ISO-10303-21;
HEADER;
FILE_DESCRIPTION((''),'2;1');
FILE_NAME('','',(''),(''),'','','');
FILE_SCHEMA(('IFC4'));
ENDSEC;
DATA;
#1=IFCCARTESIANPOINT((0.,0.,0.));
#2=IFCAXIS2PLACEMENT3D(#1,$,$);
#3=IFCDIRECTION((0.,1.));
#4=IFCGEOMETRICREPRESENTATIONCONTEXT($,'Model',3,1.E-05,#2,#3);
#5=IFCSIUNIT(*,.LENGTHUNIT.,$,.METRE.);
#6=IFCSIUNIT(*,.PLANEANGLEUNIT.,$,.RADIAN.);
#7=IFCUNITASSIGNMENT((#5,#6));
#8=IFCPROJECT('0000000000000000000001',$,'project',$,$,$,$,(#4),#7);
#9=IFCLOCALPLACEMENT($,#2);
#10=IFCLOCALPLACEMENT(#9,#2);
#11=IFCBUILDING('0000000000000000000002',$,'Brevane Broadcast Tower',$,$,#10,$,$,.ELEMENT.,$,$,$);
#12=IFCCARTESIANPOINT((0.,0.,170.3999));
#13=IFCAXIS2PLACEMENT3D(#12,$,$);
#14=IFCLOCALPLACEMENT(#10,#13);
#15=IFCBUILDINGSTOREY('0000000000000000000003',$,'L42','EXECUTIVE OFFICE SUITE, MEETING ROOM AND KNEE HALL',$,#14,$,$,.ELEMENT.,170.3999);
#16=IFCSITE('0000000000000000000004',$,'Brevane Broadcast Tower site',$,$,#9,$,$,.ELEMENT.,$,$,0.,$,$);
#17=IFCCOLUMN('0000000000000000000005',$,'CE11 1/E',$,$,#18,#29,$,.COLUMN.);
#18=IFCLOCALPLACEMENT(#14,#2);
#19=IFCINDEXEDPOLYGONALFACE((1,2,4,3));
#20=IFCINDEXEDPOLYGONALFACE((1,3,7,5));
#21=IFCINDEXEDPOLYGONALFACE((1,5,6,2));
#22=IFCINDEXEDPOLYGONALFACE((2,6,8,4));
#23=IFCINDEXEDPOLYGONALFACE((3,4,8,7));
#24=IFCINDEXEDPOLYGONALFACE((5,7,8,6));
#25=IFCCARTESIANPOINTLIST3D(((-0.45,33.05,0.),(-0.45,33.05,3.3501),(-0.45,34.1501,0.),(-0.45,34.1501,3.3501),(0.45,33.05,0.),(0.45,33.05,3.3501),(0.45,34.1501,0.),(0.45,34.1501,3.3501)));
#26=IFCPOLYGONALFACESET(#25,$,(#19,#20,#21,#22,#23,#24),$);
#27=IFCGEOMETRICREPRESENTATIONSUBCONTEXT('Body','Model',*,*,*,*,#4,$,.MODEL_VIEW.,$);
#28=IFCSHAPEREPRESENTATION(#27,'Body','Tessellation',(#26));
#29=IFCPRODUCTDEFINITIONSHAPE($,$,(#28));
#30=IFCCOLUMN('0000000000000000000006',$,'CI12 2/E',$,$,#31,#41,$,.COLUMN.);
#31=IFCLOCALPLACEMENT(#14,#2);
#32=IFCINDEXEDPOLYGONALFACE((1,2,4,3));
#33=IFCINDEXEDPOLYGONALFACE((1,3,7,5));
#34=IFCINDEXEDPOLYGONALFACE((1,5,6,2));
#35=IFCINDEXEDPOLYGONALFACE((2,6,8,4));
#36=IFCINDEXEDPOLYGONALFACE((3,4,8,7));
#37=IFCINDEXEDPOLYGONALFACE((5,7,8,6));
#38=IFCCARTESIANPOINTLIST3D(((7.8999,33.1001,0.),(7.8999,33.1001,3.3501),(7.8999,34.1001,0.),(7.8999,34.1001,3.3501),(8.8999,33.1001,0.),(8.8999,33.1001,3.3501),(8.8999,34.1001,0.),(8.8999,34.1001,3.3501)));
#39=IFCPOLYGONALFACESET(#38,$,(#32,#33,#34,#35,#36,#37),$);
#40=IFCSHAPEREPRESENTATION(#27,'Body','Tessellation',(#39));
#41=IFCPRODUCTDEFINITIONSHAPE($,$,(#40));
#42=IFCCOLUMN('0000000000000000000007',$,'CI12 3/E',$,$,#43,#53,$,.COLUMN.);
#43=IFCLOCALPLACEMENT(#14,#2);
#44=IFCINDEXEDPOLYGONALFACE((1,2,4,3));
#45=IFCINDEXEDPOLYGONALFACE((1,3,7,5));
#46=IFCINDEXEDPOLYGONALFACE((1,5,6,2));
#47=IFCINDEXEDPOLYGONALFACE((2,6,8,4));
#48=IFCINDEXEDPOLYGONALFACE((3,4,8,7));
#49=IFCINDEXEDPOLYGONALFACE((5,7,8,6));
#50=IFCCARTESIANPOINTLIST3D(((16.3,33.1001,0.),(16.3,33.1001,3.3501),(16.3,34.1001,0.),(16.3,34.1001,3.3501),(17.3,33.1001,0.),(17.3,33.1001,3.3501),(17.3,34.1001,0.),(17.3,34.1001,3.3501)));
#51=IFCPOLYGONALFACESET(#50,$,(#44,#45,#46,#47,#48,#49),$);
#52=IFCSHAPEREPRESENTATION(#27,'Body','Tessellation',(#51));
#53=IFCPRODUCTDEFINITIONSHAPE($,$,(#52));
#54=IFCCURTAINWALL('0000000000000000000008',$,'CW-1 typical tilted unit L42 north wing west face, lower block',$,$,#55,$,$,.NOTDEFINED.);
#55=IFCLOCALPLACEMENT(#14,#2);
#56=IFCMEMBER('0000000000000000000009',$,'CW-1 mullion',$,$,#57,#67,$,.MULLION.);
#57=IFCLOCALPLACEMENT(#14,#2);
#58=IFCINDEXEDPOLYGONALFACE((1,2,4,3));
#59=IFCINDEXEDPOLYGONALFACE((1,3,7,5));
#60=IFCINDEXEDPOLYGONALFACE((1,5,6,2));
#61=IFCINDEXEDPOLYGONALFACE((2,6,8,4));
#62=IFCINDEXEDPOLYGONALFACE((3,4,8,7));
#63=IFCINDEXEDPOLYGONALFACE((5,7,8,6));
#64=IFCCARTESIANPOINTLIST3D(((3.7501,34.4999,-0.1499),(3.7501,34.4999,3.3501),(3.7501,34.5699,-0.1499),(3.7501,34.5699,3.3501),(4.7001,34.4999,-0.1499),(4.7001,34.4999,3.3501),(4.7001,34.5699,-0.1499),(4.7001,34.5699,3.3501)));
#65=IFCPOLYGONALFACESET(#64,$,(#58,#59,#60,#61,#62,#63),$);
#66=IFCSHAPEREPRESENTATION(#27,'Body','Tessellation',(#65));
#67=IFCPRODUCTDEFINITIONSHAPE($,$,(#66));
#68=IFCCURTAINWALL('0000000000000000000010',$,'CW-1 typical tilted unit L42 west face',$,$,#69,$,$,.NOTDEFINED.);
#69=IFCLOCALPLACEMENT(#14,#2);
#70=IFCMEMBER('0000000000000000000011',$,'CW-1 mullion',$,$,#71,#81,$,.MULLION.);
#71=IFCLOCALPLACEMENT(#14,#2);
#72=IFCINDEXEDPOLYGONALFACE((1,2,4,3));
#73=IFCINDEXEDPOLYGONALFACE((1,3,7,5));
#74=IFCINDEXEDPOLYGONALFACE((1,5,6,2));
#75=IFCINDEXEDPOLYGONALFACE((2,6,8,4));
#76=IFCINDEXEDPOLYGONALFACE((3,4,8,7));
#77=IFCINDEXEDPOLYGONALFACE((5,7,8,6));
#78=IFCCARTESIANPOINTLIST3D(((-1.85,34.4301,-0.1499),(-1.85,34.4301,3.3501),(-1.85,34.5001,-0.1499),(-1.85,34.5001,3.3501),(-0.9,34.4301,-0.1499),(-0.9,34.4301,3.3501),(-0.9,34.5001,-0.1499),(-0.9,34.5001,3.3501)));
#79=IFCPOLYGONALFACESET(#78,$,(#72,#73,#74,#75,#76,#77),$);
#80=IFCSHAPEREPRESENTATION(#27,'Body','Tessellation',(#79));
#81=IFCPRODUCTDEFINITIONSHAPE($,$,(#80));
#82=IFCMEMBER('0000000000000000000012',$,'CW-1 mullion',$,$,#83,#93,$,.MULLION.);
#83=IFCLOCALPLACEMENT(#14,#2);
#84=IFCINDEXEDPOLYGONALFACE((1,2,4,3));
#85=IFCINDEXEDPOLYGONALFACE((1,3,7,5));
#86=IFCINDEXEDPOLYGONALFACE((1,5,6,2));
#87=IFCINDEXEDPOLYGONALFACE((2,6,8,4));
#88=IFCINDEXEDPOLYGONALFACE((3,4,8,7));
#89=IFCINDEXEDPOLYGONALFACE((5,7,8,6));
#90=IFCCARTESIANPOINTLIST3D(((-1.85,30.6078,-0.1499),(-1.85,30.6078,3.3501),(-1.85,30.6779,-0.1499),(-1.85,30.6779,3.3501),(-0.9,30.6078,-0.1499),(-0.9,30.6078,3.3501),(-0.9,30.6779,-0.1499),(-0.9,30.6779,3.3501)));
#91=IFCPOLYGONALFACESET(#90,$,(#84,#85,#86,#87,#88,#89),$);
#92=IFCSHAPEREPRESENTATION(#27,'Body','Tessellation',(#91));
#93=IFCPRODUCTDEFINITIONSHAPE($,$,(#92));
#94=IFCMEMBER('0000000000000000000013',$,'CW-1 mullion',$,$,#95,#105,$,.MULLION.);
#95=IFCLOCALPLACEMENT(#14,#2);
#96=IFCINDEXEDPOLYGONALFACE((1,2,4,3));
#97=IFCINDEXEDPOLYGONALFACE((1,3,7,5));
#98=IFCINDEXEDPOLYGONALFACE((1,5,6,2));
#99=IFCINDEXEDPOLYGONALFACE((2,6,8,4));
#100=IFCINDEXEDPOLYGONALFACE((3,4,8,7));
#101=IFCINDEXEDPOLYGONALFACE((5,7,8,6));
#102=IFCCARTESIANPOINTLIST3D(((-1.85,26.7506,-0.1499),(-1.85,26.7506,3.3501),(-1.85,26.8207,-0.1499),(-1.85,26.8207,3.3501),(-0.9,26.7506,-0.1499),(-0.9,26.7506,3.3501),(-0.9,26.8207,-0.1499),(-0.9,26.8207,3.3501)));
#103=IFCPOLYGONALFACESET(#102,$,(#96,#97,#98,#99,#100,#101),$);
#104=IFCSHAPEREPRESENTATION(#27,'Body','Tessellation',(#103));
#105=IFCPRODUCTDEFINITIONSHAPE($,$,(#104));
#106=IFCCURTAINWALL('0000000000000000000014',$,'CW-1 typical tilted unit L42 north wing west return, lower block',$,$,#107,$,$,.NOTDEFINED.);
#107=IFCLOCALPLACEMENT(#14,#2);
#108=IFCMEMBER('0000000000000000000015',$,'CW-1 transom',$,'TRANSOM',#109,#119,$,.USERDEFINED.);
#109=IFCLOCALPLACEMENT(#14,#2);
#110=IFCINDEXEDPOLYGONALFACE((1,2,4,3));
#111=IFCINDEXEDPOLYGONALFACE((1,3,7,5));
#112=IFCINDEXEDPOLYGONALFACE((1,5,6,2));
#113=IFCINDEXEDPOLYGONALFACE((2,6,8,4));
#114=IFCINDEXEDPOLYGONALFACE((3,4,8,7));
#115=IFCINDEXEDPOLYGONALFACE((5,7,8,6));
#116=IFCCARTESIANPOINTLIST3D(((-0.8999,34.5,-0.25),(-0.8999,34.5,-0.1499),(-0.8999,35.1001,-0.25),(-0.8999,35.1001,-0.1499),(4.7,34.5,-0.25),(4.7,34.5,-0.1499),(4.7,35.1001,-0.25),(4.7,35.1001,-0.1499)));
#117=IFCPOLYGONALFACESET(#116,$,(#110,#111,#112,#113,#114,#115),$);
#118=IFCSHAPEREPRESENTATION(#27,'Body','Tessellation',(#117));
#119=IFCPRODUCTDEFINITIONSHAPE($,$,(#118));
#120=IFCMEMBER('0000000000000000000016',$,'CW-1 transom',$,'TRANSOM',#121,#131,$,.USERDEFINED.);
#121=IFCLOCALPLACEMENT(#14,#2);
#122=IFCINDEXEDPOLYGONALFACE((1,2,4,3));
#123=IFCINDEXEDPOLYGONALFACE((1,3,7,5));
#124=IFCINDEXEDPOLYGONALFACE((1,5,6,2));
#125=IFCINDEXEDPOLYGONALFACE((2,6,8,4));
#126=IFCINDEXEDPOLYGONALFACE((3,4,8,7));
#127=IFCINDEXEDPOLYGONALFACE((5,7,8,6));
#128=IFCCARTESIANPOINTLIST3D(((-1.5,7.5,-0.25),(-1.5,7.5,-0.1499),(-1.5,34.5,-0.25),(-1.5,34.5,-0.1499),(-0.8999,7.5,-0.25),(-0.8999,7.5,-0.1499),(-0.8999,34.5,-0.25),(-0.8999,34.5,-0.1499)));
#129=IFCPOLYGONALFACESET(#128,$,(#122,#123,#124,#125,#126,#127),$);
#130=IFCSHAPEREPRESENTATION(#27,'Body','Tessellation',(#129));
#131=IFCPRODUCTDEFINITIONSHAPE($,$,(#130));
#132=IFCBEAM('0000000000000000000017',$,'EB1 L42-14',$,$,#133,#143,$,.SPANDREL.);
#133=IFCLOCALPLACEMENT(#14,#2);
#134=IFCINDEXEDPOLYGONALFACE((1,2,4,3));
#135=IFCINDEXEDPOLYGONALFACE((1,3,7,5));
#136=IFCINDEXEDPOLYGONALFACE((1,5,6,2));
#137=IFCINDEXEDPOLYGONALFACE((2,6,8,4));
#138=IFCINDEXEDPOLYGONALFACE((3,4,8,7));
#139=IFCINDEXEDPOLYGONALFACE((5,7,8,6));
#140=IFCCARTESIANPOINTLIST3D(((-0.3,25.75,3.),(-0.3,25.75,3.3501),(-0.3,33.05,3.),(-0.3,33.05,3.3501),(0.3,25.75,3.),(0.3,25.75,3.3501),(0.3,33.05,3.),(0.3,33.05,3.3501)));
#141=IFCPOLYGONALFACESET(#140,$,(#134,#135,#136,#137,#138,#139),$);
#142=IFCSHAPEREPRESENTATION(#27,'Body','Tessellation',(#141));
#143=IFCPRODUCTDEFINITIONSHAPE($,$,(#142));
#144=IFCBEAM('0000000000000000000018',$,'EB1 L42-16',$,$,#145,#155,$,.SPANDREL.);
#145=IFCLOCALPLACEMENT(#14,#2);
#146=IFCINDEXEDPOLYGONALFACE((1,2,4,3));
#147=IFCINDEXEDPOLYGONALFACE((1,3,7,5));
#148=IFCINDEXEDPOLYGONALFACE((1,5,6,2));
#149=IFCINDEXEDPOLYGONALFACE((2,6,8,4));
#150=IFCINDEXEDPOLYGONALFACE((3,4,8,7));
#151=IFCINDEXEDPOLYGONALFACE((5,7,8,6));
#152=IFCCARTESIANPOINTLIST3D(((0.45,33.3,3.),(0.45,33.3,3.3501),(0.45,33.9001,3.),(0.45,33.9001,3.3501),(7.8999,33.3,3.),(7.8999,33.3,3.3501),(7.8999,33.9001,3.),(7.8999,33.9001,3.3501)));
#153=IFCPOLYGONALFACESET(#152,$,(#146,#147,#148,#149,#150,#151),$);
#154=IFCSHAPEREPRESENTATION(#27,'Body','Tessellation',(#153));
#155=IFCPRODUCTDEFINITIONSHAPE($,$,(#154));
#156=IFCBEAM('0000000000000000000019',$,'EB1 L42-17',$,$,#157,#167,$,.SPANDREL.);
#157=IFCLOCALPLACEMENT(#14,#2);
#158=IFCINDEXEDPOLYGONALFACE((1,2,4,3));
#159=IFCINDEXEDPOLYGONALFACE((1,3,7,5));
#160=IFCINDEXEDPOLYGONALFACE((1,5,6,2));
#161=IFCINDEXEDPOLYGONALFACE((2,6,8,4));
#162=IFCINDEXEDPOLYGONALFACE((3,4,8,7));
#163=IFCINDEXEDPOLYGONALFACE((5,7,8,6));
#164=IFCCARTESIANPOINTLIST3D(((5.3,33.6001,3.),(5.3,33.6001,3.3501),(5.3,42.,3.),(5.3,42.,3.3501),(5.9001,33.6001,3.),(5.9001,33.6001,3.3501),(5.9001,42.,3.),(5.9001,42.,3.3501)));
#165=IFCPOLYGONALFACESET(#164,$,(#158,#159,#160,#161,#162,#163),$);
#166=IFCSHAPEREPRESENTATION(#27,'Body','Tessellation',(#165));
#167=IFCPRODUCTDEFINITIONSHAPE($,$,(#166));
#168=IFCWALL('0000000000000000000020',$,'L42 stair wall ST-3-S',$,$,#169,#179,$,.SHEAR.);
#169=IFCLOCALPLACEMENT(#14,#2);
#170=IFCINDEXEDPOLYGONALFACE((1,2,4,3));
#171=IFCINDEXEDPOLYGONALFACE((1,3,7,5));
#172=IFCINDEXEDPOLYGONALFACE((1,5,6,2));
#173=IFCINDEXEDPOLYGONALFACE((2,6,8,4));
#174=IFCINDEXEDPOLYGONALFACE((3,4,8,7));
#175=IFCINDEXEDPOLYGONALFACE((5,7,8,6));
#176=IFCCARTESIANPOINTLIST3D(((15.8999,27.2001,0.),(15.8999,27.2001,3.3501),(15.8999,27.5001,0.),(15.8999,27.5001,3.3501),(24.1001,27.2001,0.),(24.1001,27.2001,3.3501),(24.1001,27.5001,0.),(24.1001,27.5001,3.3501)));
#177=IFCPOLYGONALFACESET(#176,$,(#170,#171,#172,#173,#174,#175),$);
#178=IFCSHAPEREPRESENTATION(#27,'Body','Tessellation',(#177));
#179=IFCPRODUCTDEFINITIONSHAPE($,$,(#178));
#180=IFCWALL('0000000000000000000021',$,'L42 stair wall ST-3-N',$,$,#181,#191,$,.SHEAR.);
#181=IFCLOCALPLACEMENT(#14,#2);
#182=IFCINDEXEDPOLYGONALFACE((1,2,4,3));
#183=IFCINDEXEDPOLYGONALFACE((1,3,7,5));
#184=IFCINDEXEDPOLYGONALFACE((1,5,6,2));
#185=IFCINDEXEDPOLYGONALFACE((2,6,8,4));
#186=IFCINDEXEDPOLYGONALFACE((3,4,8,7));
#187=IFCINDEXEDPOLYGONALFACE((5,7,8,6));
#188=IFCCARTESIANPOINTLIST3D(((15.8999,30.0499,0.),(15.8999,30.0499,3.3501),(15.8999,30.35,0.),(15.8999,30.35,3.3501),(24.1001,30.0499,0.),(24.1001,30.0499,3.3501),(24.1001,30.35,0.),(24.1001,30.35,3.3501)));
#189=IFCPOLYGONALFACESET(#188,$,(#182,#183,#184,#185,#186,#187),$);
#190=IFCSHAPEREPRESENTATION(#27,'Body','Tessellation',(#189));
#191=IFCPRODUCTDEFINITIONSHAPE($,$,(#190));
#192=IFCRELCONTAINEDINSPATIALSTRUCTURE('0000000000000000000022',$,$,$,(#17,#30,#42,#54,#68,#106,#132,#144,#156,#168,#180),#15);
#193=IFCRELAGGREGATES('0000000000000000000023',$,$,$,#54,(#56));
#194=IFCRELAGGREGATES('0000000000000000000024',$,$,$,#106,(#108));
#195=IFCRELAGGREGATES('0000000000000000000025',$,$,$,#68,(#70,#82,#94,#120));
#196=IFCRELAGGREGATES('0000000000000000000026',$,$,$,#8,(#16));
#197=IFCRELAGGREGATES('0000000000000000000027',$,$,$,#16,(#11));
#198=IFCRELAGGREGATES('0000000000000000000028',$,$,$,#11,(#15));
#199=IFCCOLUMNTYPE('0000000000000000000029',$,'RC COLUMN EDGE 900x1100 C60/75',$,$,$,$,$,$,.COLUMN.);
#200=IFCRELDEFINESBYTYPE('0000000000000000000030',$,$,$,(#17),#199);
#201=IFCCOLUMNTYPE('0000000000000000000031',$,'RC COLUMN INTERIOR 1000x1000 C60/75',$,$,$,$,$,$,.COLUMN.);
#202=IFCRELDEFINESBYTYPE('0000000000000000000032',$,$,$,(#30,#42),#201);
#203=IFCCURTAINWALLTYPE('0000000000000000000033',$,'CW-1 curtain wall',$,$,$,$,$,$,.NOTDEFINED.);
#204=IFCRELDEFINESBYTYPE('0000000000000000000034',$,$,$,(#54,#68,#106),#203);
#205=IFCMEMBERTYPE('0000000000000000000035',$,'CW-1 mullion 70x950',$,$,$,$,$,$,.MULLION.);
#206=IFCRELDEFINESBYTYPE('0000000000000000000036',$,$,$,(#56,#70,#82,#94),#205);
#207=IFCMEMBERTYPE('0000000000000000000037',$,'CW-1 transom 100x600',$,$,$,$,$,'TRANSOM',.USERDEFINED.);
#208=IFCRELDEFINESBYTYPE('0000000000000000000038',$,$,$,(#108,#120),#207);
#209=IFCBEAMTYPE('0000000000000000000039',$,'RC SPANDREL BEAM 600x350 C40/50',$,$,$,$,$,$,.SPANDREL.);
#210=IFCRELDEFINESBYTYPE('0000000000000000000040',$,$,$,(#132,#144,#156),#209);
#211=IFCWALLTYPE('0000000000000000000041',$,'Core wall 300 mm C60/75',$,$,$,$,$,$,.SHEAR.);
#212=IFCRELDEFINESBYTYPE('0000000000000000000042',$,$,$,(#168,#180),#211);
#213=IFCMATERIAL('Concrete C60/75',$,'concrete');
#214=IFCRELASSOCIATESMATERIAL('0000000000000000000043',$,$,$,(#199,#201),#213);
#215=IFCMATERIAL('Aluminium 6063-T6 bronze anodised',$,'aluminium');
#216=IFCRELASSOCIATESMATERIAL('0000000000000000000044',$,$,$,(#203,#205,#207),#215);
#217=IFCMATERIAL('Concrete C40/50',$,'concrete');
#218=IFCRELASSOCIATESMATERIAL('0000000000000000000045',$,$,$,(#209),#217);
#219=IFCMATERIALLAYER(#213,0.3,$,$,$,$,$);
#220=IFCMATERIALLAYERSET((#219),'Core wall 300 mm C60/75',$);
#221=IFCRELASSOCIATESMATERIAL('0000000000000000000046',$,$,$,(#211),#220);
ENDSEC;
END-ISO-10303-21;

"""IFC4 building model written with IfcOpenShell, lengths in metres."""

from ifc_helpers import new_model, si_unit, direction, frame, frame_2d, origin, origin_2d, place, context, subcontext, project, spatial, rectangle, extrude, material, layer, layer_set, material_profile, profile_set, type_object, element, aggregate, save


model = new_model("IFC4")

# Units and contexts
model_context = context("Model", 3, precision=1e-05, world=origin(), true_north=direction((0.0, 1.0)))
body_context = subcontext(model_context, "Body", "Model", "MODEL_VIEW")
ifc_project = project(units=[si_unit("LENGTHUNIT", "METRE"), si_unit("PLANEANGLEUNIT", "RADIAN")], contexts=[model_context])

# Site, building, storey
site_placement = place(None, origin())
site = spatial("IfcSite", under=ifc_project, at=site_placement, Name="Brevane Broadcast Tower site", CompositionType="ELEMENT", RefElevation=0.0)
building_placement = place(site_placement, origin())
building = spatial("IfcBuilding", under=site, at=building_placement, Name="Brevane Broadcast Tower", CompositionType="ELEMENT")
storey_placement = place(building_placement, frame((0.0, 0.0, 170.3999)))
storey = spatial("IfcBuildingStorey", under=building, at=storey_placement, Name="L42", Description="EXECUTIVE OFFICE SUITE, MEETING ROOM AND KNEE HALL", CompositionType="ELEMENT", Elevation=170.3999)

# Columns
ifc_material_1 = material(Name="Concrete C60/75", Category="concrete")
ifc_material_profile_1 = material_profile(ifc_material_1, rectangle(XDim=0.8999, YDim=1.1001, at=origin_2d()), Name="RC 900x1100")
ifc_profile_set_1 = profile_set([ifc_material_profile_1], Name="Concrete C60/75")
column_type_1 = type_object("IfcColumnType", Name="RC COLUMN EDGE 900x1100 C60/75", PredefinedType="COLUMN", material=ifc_profile_set_1)
column_placement = place(storey_placement, frame((0.0, 33.6001, 0.0), z_axis=(0.0, 0.0, 1.0), x_axis=(1.0, 0.0, 0.0)))
element("IfcColumn", 1, at=column_placement, inside=storey, type_object=column_type_1, Name="CE11 1/E", PredefinedType="COLUMN", context=body_context, shape_type="SweptSolid", body=[
    extrude(rectangle(XDim=0.8999, YDim=1.1001, at=origin_2d()), origin(), (0.0, 0.0, 1.0), 3.3501),
])
ifc_material_profile_2 = material_profile(ifc_material_1, rectangle(XDim=1.0, YDim=1.0, at=origin_2d()), Name="RC 1000x1000")
ifc_profile_set_2 = profile_set([ifc_material_profile_2], Name="Concrete C60/75")
column_type_2 = type_object("IfcColumnType", Name="RC COLUMN INTERIOR 1000x1000 C60/75", PredefinedType="COLUMN", material=ifc_profile_set_2)
for number, where, z_axis, x_axis, name in (
    (2, (8.3999, 33.6001, 0.0), (0.0, 0.0, 1.0), (1.0, 0.0, 0.0), "CI12 2/E"),
    (3, (16.8, 33.6001, 0.0), (0.0, 0.0, 1.0), (1.0, 0.0, 0.0), "CI12 3/E"),
):
    element("IfcColumn", number, at=place(storey_placement, frame(where, z_axis=z_axis, x_axis=x_axis)), inside=storey, type_object=column_type_2, Name=name, PredefinedType="COLUMN", context=body_context, shape_type="SweptSolid", body=[
        extrude(rectangle(XDim=1.0, YDim=1.0, at=origin_2d()), origin(), (0.0, 0.0, 1.0), 3.3501),
    ])

# Curtain wall, member
ifc_material_2 = material(Name="Aluminium 6063-T6 bronze anodised", Category="aluminium")
curtain_wall_type = type_object("IfcCurtainWallType", Name="CW-1 curtain wall", PredefinedType="NOTDEFINED", material=ifc_material_2)
curtain_wall_1_placement = place(storey_placement, origin())
curtain_wall_1 = element("IfcCurtainWall", 4, at=curtain_wall_1_placement, inside=storey, type_object=curtain_wall_type, Name="CW-1 typical tilted unit L42 north wing west face, lower block", PredefinedType="NOTDEFINED")
ifc_material_profile_3 = material_profile(ifc_material_2, rectangle(XDim=0.95, YDim=0.0701, at=origin_2d()), Name="RECT 70x950")
ifc_profile_set_3 = profile_set([ifc_material_profile_3], Name="Aluminium 6063-T6 bronze anodised")
member_type_1 = type_object("IfcMemberType", Name="CW-1 mullion 70x950", PredefinedType="MULLION", material=ifc_profile_set_3)
member_1_placement = place(storey_placement, frame((4.2251, 34.5349, -0.1499), z_axis=(0.0, 0.0, 1.0), x_axis=(1.0, 0.0, 0.0)))
member_1 = element("IfcMember", 5, at=member_1_placement, type_object=member_type_1, Name="CW-1 mullion", PredefinedType="MULLION", context=body_context, shape_type="SweptSolid", body=[
    extrude(rectangle(XDim=0.95, YDim=0.0701, at=origin_2d()), origin(), (0.0, 0.0, 1.0), 3.5),
])
aggregate(curtain_wall_1, [member_1])

# Curtain wall, members
curtain_wall_2_placement = place(storey_placement, origin())
curtain_wall_2 = element("IfcCurtainWall", 6, at=curtain_wall_2_placement, inside=storey, type_object=curtain_wall_type, Name="CW-1 typical tilted unit L42 west face", PredefinedType="NOTDEFINED")
member_2_placement = place(storey_placement, frame((-1.375, 34.4651, -0.1499), z_axis=(0.0, 0.0, 1.0), x_axis=(1.0, 0.0, 0.0)))
member_2 = element("IfcMember", 7, at=member_2_placement, type_object=member_type_1, Name="CW-1 mullion", PredefinedType="MULLION", context=body_context, shape_type="SweptSolid", body=[
    extrude(rectangle(XDim=0.95, YDim=0.0701, at=origin_2d()), origin(), (0.0, 0.0, 1.0), 3.5),
])
member_3_placement = place(storey_placement, frame((-1.375, 30.6428, -0.1499), z_axis=(0.0, 0.0, 1.0), x_axis=(1.0, 0.0, 0.0)))
member_3 = element("IfcMember", 8, at=member_3_placement, type_object=member_type_1, Name="CW-1 mullion", PredefinedType="MULLION", context=body_context, shape_type="SweptSolid", body=[
    extrude(rectangle(XDim=0.95, YDim=0.0701, at=origin_2d()), origin(), (0.0, 0.0, 1.0), 3.5),
])
member_4_placement = place(storey_placement, frame((-1.375, 26.7856, -0.1499), z_axis=(0.0, 0.0, 1.0), x_axis=(1.0, 0.0, 0.0)))
member_4 = element("IfcMember", 9, at=member_4_placement, type_object=member_type_1, Name="CW-1 mullion", PredefinedType="MULLION", context=body_context, shape_type="SweptSolid", body=[
    extrude(rectangle(XDim=0.95, YDim=0.0701, at=origin_2d()), origin(), (0.0, 0.0, 1.0), 3.5),
])

# Curtain wall, member
curtain_wall_3_placement = place(storey_placement, origin())
curtain_wall_3 = element("IfcCurtainWall", 10, at=curtain_wall_3_placement, inside=storey, type_object=curtain_wall_type, Name="CW-1 typical tilted unit L42 north wing west return, lower block", PredefinedType="NOTDEFINED")
ifc_material_profile_4 = material_profile(ifc_material_2, rectangle(XDim=0.6001, YDim=0.1001, at=origin_2d()), Name="RECT 100x600")
ifc_profile_set_4 = profile_set([ifc_material_profile_4], Name="Aluminium 6063-T6 bronze anodised")
member_type_2 = type_object("IfcMemberType", Name="CW-1 transom 100x600", ElementType="TRANSOM", PredefinedType="USERDEFINED", material=ifc_profile_set_4)
member_5_placement = place(storey_placement, frame((4.7, 34.8, -0.2), z_axis=(-1.0, 0.0, 0.0), x_axis=(0.0, -1.0, 0.0)))
member_5 = element("IfcMember", 11, at=member_5_placement, type_object=member_type_2, Name="CW-1 transom", ObjectType="TRANSOM", PredefinedType="USERDEFINED", context=body_context, shape_type="SweptSolid", body=[
    extrude(rectangle(XDim=0.6001, YDim=0.1001, at=origin_2d()), origin(), (0.0, 0.0, 1.0), 5.5999),
])
aggregate(curtain_wall_3, [member_5])

# Member
member_6_placement = place(storey_placement, frame((-1.2, 34.5, -0.2), z_axis=(0.0, -1.0, 0.0), x_axis=(1.0, 0.0, 0.0)))
member_6 = element("IfcMember", 12, at=member_6_placement, type_object=member_type_2, Name="CW-1 transom", ObjectType="TRANSOM", PredefinedType="USERDEFINED", context=body_context, shape_type="SweptSolid", body=[
    extrude(rectangle(XDim=0.6001, YDim=0.1001, at=origin_2d()), origin(), (0.0, 0.0, 1.0), 27.0),
])
aggregate(curtain_wall_2, [member_2, member_3, member_4, member_6])

# Beams
ifc_material_3 = material(Name="Concrete C40/50", Category="concrete")
ifc_material_profile_5 = material_profile(ifc_material_3, rectangle(XDim=0.6001, YDim=0.3501, at=origin_2d()), Name="RC 600x350")
ifc_profile_set_5 = profile_set([ifc_material_profile_5], Name="Concrete C40/50")
beam_type = type_object("IfcBeamType", Name="RC SPANDREL BEAM 600x350 C40/50", PredefinedType="SPANDREL", material=ifc_profile_set_5)
beam_1_placement = place(storey_placement, frame((0.0, 33.05, 3.175), z_axis=(0.0, -1.0, 0.0), x_axis=(1.0, 0.0, 0.0)))
element("IfcBeam", 13, at=beam_1_placement, inside=storey, type_object=beam_type, Name="EB1 L42-14", PredefinedType="SPANDREL", context=body_context, shape_type="SweptSolid", body=[
    extrude(rectangle(XDim=0.6001, YDim=0.3501, at=origin_2d()), origin(), (0.0, 0.0, 1.0), 7.3),
])
beam_2_placement = place(storey_placement, frame((0.45, 33.6001, 3.175), z_axis=(1.0, 0.0, 0.0), x_axis=(0.0, 1.0, 0.0)))
element("IfcBeam", 14, at=beam_2_placement, inside=storey, type_object=beam_type, Name="EB1 L42-16", PredefinedType="SPANDREL", context=body_context, shape_type="SweptSolid", body=[
    extrude(rectangle(XDim=0.6001, YDim=0.3501, at=origin_2d()), origin(), (0.0, 0.0, 1.0), 7.45),
])
beam_3_placement = place(storey_placement, frame((5.6001, 33.6001, 3.175), z_axis=(0.0, 1.0, 0.0), x_axis=(-1.0, 0.0, 0.0)))
element("IfcBeam", 15, at=beam_3_placement, inside=storey, type_object=beam_type, Name="EB1 L42-17", PredefinedType="SPANDREL", context=body_context, shape_type="SweptSolid", body=[
    extrude(rectangle(XDim=0.6001, YDim=0.3501, at=origin_2d()), origin(), (0.0, 0.0, 1.0), 8.3999),
])

# Walls
ifc_layer_1 = layer(ifc_material_1, 0.3)
ifc_layer_set_1 = layer_set([ifc_layer_1], Name="Core wall 300 mm C60/75")
wall_type_1 = type_object("IfcWallType", Name="Core wall 300 mm C60/75", PredefinedType="SHEAR", material=ifc_layer_set_1)
for number, where, z_axis, x_axis, name in (
    (16, (15.8999, 27.3501, 0.0), (0.0, 0.0, 1.0), (1.0, 0.0, 0.0), "L42 stair wall ST-3-S"),
    (17, (15.8999, 30.2, 0.0), (0.0, 0.0, 1.0), (1.0, 0.0, 0.0), "L42 stair wall ST-3-N"),
):
    element("IfcWall", number, at=place(storey_placement, frame(where, z_axis=z_axis, x_axis=x_axis)), inside=storey, type_object=wall_type_1, Name=name, PredefinedType="SHEAR", context=body_context, shape_type="SweptSolid", body=[
        extrude(rectangle(XDim=8.2002, YDim=0.3, at=frame_2d((4.1001, 0.0))), origin(), (0.0, 0.0, 1.0), 3.3501),
    ])

save(model, "model.ifc")
